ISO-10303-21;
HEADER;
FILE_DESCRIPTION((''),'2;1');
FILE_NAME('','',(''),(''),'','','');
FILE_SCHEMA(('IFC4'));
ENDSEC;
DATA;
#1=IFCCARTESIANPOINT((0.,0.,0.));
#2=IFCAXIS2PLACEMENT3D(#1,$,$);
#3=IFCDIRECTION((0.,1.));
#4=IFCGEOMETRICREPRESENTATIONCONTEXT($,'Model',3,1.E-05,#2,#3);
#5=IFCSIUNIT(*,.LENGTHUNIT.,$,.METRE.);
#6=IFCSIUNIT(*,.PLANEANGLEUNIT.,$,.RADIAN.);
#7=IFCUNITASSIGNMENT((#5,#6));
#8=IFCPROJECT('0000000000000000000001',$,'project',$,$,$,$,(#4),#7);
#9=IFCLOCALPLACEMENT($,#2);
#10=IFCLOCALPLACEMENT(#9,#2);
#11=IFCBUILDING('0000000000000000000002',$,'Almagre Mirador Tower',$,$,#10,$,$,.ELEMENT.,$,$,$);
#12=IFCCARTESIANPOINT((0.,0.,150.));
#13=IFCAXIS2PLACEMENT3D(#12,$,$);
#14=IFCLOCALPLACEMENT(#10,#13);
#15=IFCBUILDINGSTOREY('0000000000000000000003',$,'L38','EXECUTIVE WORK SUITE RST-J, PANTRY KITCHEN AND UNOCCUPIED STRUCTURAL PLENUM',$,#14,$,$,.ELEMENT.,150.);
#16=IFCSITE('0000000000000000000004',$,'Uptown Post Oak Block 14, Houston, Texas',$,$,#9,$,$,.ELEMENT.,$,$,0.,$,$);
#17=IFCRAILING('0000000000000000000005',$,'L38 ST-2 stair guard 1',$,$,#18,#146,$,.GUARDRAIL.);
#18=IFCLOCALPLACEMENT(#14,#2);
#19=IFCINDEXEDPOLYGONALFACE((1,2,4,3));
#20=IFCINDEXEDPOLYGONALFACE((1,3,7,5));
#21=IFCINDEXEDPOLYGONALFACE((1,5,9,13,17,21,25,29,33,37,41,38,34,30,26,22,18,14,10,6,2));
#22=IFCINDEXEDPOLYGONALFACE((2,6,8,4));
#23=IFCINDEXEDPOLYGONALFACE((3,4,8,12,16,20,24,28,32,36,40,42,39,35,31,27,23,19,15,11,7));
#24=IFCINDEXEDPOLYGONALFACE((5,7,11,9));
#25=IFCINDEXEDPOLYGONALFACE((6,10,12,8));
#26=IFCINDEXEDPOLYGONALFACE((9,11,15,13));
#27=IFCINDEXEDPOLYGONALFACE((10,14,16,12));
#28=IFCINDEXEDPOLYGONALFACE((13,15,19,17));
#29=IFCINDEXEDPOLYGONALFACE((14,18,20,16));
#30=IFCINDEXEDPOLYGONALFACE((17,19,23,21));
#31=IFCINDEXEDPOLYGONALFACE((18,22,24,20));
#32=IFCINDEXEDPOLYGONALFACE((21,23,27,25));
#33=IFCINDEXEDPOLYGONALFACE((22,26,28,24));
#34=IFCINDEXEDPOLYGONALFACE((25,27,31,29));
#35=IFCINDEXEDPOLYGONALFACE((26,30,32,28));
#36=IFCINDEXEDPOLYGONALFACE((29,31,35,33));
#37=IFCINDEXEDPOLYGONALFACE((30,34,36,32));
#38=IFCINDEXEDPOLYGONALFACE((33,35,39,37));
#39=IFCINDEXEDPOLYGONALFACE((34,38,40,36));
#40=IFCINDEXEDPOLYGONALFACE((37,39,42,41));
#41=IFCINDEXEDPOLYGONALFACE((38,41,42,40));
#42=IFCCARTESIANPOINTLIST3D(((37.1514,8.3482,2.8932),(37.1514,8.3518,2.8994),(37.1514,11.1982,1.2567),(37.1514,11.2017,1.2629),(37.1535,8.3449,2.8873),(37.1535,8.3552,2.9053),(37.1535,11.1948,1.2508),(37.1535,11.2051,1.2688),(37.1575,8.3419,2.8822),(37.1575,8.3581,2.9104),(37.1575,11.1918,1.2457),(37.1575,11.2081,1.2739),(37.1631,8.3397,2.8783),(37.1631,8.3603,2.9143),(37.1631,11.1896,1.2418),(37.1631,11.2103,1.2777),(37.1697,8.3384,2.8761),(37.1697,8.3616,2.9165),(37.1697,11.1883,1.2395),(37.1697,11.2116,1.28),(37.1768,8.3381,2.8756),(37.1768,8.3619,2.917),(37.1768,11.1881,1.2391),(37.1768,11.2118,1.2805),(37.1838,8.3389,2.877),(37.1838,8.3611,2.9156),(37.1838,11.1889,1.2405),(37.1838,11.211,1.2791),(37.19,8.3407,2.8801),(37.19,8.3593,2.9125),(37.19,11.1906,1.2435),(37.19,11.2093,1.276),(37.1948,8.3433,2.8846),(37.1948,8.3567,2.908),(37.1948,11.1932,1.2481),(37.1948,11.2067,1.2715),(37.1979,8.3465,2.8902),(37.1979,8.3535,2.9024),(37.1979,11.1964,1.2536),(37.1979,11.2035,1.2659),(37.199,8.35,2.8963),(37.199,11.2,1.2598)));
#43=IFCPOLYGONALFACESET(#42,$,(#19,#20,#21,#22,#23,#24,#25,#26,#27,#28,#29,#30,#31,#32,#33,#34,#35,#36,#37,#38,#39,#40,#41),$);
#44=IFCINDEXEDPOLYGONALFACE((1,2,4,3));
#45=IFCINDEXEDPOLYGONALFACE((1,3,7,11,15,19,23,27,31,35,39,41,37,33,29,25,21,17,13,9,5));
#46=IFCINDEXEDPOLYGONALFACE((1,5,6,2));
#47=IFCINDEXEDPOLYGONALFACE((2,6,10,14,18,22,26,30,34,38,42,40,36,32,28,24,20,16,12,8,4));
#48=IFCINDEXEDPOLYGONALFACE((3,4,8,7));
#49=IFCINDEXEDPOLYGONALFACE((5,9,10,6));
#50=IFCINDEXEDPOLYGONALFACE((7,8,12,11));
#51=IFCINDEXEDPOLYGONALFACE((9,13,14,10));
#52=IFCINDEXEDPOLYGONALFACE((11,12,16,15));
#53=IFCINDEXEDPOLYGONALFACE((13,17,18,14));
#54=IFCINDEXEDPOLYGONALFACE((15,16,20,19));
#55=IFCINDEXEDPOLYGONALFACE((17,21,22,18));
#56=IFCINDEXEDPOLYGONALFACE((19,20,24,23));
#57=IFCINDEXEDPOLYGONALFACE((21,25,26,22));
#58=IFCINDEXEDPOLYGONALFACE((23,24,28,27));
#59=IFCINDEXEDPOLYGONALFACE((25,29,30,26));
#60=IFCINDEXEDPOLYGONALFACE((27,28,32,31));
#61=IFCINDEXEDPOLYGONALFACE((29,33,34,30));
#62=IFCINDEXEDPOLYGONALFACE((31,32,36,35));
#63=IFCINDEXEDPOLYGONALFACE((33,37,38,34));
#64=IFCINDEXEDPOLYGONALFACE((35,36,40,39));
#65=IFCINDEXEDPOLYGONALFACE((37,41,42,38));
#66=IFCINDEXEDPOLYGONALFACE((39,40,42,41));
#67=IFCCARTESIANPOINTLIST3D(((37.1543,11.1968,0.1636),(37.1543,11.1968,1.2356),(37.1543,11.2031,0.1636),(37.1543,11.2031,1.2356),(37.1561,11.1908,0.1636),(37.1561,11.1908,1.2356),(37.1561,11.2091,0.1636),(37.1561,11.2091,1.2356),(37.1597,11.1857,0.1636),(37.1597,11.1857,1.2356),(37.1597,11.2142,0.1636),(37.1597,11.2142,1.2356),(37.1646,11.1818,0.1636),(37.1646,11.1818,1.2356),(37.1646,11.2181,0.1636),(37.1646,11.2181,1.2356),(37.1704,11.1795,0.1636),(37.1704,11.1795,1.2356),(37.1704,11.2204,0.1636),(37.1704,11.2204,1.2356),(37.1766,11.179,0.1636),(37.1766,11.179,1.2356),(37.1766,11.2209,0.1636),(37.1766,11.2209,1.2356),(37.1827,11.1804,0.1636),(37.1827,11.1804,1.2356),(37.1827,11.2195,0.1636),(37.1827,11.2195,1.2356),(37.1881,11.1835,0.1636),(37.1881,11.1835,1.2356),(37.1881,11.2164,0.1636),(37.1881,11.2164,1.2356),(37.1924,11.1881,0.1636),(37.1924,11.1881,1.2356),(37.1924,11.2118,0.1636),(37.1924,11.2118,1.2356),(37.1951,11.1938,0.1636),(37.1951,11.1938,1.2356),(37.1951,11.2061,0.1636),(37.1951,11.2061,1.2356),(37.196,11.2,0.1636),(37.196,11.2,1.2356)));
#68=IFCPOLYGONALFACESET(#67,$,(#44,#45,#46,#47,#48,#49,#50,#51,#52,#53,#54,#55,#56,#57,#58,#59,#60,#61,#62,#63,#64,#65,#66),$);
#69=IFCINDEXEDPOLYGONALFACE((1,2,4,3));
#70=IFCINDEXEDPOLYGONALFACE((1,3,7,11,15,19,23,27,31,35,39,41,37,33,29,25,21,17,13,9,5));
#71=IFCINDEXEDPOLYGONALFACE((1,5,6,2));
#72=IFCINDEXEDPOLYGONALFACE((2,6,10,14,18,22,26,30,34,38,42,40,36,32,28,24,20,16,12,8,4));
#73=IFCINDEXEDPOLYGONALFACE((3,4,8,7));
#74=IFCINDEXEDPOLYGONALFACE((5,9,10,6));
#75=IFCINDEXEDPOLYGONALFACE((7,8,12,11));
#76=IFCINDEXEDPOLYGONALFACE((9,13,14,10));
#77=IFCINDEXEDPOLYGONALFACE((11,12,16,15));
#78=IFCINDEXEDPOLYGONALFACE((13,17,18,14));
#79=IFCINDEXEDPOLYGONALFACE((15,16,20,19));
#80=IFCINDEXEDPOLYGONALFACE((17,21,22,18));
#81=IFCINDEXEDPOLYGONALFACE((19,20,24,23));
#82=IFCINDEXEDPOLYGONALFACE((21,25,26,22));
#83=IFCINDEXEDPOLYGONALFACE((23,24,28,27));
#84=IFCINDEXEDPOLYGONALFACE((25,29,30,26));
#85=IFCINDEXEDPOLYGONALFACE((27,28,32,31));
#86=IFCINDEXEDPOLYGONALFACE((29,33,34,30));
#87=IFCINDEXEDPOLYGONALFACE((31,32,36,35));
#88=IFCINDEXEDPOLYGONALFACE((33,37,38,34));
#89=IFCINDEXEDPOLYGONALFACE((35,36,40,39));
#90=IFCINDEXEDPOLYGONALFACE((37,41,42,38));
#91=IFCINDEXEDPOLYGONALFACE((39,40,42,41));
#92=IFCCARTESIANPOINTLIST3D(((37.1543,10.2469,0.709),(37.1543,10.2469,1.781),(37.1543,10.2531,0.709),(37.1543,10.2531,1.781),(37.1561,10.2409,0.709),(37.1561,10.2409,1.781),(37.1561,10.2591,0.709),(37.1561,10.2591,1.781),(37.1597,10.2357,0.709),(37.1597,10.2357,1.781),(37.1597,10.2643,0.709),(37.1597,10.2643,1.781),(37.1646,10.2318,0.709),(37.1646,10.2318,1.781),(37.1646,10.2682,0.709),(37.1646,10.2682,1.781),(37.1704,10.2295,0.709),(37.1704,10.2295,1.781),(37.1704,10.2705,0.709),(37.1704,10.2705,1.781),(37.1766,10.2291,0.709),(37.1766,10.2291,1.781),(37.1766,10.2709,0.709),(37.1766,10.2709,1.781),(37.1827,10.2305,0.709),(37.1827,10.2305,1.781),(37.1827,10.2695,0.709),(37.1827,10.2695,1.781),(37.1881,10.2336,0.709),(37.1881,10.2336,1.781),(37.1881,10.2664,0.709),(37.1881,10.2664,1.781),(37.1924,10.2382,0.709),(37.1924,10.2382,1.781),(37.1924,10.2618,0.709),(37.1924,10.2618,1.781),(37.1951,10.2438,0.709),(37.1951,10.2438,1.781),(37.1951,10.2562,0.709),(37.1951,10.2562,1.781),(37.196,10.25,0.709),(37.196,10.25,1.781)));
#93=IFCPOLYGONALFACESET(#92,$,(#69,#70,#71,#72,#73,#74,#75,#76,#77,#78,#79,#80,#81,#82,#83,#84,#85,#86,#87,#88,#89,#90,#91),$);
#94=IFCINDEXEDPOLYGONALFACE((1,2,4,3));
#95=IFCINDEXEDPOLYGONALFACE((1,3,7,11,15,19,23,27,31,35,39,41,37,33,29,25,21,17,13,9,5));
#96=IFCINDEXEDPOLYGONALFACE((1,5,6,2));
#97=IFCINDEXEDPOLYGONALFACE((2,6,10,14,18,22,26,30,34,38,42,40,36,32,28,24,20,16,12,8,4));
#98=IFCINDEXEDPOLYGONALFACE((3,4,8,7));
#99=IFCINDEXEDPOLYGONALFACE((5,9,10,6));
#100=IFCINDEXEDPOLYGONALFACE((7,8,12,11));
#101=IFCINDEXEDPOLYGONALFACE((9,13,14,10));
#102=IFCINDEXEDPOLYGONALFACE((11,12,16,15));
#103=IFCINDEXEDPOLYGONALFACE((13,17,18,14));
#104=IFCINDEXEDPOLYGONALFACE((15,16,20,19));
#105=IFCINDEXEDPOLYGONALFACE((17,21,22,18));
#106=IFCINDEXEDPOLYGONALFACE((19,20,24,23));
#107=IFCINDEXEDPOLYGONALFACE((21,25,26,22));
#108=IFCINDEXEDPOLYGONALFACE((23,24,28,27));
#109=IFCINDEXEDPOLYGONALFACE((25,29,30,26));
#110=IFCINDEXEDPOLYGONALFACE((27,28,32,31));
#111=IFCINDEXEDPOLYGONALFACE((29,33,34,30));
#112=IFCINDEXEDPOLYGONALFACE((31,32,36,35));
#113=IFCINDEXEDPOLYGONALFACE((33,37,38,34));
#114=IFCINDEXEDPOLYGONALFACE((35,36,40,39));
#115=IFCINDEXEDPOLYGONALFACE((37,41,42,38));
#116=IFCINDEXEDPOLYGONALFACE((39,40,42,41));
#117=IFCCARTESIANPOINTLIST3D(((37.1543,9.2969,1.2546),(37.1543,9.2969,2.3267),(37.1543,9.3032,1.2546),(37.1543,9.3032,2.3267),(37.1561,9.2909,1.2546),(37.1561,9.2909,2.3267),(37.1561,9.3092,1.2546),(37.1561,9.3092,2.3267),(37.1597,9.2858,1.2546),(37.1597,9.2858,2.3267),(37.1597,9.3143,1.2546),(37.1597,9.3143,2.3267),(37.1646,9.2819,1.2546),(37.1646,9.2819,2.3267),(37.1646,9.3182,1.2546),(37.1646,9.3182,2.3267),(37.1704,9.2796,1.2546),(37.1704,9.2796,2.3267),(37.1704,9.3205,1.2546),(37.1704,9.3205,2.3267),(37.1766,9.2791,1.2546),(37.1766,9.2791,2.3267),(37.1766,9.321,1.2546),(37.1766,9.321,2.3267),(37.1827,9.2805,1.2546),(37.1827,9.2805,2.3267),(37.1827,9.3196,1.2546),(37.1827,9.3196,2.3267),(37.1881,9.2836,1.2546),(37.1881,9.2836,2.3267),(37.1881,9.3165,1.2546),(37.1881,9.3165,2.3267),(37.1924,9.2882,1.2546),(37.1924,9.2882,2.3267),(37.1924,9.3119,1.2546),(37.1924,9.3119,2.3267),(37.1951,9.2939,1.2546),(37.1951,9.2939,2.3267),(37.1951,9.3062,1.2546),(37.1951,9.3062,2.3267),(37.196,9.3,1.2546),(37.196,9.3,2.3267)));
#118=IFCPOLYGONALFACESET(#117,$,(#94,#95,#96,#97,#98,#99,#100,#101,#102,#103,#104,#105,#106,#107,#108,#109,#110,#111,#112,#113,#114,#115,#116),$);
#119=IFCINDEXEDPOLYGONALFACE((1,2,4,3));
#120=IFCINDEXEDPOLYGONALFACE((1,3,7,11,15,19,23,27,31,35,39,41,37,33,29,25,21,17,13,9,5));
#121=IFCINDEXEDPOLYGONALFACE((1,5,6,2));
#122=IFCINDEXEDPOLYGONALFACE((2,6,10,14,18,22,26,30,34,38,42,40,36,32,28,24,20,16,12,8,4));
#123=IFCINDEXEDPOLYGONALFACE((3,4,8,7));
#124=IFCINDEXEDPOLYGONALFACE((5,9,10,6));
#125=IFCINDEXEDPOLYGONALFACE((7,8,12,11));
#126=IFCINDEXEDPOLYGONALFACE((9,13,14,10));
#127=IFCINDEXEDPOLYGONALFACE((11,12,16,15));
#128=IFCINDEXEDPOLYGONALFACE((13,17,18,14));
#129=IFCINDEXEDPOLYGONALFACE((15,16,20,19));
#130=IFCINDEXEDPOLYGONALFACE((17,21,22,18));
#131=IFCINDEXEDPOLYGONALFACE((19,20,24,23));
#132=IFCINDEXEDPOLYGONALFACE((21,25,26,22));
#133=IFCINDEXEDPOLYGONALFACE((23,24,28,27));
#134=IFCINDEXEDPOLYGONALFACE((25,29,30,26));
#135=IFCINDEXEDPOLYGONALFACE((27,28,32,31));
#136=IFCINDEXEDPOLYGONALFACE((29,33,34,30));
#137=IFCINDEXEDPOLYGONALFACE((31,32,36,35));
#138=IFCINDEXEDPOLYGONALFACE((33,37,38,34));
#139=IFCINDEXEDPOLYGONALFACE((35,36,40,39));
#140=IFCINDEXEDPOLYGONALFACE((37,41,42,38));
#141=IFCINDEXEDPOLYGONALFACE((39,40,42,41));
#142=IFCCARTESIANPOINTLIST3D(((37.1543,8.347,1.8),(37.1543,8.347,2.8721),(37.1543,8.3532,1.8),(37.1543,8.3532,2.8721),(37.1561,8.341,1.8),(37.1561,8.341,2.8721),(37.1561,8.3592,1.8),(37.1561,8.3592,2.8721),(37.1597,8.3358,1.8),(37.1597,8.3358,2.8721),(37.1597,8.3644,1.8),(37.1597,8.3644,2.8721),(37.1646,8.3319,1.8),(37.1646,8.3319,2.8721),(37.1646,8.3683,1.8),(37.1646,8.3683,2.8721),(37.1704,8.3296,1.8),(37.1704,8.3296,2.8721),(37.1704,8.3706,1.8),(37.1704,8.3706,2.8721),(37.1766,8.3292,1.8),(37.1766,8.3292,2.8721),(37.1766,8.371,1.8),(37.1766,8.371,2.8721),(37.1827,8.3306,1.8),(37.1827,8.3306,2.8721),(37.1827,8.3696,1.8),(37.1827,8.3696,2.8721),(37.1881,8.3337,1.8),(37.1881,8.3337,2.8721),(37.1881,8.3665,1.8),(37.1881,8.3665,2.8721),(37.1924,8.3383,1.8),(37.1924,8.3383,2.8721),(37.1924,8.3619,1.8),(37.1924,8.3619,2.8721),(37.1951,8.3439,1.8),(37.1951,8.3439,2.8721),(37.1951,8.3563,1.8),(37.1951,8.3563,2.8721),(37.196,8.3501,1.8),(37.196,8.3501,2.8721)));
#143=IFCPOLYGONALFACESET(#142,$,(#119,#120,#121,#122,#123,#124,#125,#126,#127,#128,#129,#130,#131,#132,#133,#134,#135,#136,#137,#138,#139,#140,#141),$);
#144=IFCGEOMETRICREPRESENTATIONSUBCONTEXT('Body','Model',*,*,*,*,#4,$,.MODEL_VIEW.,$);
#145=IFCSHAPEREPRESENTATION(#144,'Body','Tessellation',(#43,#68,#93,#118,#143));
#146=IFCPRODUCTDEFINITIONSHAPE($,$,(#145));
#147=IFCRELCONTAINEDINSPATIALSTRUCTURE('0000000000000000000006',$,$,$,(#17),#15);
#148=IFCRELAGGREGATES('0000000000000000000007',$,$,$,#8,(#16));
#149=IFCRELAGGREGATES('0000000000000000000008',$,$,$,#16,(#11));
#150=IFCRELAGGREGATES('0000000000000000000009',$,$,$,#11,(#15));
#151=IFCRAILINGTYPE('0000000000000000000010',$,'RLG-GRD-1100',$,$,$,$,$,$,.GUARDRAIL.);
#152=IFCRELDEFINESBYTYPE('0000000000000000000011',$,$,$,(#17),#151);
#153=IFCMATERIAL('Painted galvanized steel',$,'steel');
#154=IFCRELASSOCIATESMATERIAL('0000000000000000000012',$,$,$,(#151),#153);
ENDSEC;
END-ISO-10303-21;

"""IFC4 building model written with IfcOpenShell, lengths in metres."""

from ifc_helpers import new_model, si_unit, direction, frame, origin, origin_2d, place, context, subcontext, project, spatial, circle, extrude, material, type_object, element, save


model = new_model("IFC4")

# Units and contexts
model_context = context("Model", 3, precision=1e-05, world=origin(), true_north=direction((0.0, 1.0)))
body_context = subcontext(model_context, "Body", "Model", "MODEL_VIEW")
ifc_project = project(units=[si_unit("LENGTHUNIT", "METRE"), si_unit("PLANEANGLEUNIT", "RADIAN")], contexts=[model_context])

# Site, building, storey
site_placement = place(None, origin())
site = spatial("IfcSite", under=ifc_project, at=site_placement, Name="Uptown Post Oak Block 14, Houston, Texas", CompositionType="ELEMENT", RefElevation=0.0)
building_placement = place(site_placement, origin())
building = spatial("IfcBuilding", under=site, at=building_placement, Name="Almagre Mirador Tower", CompositionType="ELEMENT")
storey_placement = place(building_placement, frame((0.0, 0.0, 150.0)))
storey = spatial("IfcBuildingStorey", under=building, at=storey_placement, Name="L38", Description="EXECUTIVE WORK SUITE RST-J, PANTRY KITCHEN AND UNOCCUPIED STRUCTURAL PLENUM", CompositionType="ELEMENT", Elevation=150.0)

# Railing
ifc_material_1 = material(Name="Painted galvanized steel", Category="steel")
railing_type_1 = type_object("IfcRailingType", Name="RLG-GRD-1100", PredefinedType="GUARDRAIL", material=ifc_material_1)
railing_1_placement = place(storey_placement, frame((37.175, 11.2, 0.1636)))
element("IfcRailing", 1, at=railing_1_placement, inside=storey, type_object=railing_type_1, Name="L38 ST-2 stair guard 1", PredefinedType="GUARDRAIL", context=body_context, shape_type="SweptSolid", body=[
    extrude(circle(Radius=0.0239, at=origin_2d()), frame((0.0, 0.0, 1.0962), z_axis=(0.0, -0.867194, 0.49797), x_axis=(1.0, 0.0, 0.0)), (0.0, 0.0, 1.0), 3.2864),
    extrude(circle(Radius=0.021, at=origin_2d()), origin(), (0.0, 0.0, 1.0), 1.072),
    extrude(circle(Radius=0.021, at=origin_2d()), frame((0.0, -0.95, 0.5454)), (0.0, 0.0, 1.0), 1.072),
    extrude(circle(Radius=0.021, at=origin_2d()), frame((0.0, -1.8999, 1.0911)), (0.0, 0.0, 1.0), 1.072),
    extrude(circle(Radius=0.021, at=origin_2d()), frame((0.0, -2.8499, 1.6365)), (0.0, 0.0, 1.0), 1.072),
])

save(model, "model.ifc")
